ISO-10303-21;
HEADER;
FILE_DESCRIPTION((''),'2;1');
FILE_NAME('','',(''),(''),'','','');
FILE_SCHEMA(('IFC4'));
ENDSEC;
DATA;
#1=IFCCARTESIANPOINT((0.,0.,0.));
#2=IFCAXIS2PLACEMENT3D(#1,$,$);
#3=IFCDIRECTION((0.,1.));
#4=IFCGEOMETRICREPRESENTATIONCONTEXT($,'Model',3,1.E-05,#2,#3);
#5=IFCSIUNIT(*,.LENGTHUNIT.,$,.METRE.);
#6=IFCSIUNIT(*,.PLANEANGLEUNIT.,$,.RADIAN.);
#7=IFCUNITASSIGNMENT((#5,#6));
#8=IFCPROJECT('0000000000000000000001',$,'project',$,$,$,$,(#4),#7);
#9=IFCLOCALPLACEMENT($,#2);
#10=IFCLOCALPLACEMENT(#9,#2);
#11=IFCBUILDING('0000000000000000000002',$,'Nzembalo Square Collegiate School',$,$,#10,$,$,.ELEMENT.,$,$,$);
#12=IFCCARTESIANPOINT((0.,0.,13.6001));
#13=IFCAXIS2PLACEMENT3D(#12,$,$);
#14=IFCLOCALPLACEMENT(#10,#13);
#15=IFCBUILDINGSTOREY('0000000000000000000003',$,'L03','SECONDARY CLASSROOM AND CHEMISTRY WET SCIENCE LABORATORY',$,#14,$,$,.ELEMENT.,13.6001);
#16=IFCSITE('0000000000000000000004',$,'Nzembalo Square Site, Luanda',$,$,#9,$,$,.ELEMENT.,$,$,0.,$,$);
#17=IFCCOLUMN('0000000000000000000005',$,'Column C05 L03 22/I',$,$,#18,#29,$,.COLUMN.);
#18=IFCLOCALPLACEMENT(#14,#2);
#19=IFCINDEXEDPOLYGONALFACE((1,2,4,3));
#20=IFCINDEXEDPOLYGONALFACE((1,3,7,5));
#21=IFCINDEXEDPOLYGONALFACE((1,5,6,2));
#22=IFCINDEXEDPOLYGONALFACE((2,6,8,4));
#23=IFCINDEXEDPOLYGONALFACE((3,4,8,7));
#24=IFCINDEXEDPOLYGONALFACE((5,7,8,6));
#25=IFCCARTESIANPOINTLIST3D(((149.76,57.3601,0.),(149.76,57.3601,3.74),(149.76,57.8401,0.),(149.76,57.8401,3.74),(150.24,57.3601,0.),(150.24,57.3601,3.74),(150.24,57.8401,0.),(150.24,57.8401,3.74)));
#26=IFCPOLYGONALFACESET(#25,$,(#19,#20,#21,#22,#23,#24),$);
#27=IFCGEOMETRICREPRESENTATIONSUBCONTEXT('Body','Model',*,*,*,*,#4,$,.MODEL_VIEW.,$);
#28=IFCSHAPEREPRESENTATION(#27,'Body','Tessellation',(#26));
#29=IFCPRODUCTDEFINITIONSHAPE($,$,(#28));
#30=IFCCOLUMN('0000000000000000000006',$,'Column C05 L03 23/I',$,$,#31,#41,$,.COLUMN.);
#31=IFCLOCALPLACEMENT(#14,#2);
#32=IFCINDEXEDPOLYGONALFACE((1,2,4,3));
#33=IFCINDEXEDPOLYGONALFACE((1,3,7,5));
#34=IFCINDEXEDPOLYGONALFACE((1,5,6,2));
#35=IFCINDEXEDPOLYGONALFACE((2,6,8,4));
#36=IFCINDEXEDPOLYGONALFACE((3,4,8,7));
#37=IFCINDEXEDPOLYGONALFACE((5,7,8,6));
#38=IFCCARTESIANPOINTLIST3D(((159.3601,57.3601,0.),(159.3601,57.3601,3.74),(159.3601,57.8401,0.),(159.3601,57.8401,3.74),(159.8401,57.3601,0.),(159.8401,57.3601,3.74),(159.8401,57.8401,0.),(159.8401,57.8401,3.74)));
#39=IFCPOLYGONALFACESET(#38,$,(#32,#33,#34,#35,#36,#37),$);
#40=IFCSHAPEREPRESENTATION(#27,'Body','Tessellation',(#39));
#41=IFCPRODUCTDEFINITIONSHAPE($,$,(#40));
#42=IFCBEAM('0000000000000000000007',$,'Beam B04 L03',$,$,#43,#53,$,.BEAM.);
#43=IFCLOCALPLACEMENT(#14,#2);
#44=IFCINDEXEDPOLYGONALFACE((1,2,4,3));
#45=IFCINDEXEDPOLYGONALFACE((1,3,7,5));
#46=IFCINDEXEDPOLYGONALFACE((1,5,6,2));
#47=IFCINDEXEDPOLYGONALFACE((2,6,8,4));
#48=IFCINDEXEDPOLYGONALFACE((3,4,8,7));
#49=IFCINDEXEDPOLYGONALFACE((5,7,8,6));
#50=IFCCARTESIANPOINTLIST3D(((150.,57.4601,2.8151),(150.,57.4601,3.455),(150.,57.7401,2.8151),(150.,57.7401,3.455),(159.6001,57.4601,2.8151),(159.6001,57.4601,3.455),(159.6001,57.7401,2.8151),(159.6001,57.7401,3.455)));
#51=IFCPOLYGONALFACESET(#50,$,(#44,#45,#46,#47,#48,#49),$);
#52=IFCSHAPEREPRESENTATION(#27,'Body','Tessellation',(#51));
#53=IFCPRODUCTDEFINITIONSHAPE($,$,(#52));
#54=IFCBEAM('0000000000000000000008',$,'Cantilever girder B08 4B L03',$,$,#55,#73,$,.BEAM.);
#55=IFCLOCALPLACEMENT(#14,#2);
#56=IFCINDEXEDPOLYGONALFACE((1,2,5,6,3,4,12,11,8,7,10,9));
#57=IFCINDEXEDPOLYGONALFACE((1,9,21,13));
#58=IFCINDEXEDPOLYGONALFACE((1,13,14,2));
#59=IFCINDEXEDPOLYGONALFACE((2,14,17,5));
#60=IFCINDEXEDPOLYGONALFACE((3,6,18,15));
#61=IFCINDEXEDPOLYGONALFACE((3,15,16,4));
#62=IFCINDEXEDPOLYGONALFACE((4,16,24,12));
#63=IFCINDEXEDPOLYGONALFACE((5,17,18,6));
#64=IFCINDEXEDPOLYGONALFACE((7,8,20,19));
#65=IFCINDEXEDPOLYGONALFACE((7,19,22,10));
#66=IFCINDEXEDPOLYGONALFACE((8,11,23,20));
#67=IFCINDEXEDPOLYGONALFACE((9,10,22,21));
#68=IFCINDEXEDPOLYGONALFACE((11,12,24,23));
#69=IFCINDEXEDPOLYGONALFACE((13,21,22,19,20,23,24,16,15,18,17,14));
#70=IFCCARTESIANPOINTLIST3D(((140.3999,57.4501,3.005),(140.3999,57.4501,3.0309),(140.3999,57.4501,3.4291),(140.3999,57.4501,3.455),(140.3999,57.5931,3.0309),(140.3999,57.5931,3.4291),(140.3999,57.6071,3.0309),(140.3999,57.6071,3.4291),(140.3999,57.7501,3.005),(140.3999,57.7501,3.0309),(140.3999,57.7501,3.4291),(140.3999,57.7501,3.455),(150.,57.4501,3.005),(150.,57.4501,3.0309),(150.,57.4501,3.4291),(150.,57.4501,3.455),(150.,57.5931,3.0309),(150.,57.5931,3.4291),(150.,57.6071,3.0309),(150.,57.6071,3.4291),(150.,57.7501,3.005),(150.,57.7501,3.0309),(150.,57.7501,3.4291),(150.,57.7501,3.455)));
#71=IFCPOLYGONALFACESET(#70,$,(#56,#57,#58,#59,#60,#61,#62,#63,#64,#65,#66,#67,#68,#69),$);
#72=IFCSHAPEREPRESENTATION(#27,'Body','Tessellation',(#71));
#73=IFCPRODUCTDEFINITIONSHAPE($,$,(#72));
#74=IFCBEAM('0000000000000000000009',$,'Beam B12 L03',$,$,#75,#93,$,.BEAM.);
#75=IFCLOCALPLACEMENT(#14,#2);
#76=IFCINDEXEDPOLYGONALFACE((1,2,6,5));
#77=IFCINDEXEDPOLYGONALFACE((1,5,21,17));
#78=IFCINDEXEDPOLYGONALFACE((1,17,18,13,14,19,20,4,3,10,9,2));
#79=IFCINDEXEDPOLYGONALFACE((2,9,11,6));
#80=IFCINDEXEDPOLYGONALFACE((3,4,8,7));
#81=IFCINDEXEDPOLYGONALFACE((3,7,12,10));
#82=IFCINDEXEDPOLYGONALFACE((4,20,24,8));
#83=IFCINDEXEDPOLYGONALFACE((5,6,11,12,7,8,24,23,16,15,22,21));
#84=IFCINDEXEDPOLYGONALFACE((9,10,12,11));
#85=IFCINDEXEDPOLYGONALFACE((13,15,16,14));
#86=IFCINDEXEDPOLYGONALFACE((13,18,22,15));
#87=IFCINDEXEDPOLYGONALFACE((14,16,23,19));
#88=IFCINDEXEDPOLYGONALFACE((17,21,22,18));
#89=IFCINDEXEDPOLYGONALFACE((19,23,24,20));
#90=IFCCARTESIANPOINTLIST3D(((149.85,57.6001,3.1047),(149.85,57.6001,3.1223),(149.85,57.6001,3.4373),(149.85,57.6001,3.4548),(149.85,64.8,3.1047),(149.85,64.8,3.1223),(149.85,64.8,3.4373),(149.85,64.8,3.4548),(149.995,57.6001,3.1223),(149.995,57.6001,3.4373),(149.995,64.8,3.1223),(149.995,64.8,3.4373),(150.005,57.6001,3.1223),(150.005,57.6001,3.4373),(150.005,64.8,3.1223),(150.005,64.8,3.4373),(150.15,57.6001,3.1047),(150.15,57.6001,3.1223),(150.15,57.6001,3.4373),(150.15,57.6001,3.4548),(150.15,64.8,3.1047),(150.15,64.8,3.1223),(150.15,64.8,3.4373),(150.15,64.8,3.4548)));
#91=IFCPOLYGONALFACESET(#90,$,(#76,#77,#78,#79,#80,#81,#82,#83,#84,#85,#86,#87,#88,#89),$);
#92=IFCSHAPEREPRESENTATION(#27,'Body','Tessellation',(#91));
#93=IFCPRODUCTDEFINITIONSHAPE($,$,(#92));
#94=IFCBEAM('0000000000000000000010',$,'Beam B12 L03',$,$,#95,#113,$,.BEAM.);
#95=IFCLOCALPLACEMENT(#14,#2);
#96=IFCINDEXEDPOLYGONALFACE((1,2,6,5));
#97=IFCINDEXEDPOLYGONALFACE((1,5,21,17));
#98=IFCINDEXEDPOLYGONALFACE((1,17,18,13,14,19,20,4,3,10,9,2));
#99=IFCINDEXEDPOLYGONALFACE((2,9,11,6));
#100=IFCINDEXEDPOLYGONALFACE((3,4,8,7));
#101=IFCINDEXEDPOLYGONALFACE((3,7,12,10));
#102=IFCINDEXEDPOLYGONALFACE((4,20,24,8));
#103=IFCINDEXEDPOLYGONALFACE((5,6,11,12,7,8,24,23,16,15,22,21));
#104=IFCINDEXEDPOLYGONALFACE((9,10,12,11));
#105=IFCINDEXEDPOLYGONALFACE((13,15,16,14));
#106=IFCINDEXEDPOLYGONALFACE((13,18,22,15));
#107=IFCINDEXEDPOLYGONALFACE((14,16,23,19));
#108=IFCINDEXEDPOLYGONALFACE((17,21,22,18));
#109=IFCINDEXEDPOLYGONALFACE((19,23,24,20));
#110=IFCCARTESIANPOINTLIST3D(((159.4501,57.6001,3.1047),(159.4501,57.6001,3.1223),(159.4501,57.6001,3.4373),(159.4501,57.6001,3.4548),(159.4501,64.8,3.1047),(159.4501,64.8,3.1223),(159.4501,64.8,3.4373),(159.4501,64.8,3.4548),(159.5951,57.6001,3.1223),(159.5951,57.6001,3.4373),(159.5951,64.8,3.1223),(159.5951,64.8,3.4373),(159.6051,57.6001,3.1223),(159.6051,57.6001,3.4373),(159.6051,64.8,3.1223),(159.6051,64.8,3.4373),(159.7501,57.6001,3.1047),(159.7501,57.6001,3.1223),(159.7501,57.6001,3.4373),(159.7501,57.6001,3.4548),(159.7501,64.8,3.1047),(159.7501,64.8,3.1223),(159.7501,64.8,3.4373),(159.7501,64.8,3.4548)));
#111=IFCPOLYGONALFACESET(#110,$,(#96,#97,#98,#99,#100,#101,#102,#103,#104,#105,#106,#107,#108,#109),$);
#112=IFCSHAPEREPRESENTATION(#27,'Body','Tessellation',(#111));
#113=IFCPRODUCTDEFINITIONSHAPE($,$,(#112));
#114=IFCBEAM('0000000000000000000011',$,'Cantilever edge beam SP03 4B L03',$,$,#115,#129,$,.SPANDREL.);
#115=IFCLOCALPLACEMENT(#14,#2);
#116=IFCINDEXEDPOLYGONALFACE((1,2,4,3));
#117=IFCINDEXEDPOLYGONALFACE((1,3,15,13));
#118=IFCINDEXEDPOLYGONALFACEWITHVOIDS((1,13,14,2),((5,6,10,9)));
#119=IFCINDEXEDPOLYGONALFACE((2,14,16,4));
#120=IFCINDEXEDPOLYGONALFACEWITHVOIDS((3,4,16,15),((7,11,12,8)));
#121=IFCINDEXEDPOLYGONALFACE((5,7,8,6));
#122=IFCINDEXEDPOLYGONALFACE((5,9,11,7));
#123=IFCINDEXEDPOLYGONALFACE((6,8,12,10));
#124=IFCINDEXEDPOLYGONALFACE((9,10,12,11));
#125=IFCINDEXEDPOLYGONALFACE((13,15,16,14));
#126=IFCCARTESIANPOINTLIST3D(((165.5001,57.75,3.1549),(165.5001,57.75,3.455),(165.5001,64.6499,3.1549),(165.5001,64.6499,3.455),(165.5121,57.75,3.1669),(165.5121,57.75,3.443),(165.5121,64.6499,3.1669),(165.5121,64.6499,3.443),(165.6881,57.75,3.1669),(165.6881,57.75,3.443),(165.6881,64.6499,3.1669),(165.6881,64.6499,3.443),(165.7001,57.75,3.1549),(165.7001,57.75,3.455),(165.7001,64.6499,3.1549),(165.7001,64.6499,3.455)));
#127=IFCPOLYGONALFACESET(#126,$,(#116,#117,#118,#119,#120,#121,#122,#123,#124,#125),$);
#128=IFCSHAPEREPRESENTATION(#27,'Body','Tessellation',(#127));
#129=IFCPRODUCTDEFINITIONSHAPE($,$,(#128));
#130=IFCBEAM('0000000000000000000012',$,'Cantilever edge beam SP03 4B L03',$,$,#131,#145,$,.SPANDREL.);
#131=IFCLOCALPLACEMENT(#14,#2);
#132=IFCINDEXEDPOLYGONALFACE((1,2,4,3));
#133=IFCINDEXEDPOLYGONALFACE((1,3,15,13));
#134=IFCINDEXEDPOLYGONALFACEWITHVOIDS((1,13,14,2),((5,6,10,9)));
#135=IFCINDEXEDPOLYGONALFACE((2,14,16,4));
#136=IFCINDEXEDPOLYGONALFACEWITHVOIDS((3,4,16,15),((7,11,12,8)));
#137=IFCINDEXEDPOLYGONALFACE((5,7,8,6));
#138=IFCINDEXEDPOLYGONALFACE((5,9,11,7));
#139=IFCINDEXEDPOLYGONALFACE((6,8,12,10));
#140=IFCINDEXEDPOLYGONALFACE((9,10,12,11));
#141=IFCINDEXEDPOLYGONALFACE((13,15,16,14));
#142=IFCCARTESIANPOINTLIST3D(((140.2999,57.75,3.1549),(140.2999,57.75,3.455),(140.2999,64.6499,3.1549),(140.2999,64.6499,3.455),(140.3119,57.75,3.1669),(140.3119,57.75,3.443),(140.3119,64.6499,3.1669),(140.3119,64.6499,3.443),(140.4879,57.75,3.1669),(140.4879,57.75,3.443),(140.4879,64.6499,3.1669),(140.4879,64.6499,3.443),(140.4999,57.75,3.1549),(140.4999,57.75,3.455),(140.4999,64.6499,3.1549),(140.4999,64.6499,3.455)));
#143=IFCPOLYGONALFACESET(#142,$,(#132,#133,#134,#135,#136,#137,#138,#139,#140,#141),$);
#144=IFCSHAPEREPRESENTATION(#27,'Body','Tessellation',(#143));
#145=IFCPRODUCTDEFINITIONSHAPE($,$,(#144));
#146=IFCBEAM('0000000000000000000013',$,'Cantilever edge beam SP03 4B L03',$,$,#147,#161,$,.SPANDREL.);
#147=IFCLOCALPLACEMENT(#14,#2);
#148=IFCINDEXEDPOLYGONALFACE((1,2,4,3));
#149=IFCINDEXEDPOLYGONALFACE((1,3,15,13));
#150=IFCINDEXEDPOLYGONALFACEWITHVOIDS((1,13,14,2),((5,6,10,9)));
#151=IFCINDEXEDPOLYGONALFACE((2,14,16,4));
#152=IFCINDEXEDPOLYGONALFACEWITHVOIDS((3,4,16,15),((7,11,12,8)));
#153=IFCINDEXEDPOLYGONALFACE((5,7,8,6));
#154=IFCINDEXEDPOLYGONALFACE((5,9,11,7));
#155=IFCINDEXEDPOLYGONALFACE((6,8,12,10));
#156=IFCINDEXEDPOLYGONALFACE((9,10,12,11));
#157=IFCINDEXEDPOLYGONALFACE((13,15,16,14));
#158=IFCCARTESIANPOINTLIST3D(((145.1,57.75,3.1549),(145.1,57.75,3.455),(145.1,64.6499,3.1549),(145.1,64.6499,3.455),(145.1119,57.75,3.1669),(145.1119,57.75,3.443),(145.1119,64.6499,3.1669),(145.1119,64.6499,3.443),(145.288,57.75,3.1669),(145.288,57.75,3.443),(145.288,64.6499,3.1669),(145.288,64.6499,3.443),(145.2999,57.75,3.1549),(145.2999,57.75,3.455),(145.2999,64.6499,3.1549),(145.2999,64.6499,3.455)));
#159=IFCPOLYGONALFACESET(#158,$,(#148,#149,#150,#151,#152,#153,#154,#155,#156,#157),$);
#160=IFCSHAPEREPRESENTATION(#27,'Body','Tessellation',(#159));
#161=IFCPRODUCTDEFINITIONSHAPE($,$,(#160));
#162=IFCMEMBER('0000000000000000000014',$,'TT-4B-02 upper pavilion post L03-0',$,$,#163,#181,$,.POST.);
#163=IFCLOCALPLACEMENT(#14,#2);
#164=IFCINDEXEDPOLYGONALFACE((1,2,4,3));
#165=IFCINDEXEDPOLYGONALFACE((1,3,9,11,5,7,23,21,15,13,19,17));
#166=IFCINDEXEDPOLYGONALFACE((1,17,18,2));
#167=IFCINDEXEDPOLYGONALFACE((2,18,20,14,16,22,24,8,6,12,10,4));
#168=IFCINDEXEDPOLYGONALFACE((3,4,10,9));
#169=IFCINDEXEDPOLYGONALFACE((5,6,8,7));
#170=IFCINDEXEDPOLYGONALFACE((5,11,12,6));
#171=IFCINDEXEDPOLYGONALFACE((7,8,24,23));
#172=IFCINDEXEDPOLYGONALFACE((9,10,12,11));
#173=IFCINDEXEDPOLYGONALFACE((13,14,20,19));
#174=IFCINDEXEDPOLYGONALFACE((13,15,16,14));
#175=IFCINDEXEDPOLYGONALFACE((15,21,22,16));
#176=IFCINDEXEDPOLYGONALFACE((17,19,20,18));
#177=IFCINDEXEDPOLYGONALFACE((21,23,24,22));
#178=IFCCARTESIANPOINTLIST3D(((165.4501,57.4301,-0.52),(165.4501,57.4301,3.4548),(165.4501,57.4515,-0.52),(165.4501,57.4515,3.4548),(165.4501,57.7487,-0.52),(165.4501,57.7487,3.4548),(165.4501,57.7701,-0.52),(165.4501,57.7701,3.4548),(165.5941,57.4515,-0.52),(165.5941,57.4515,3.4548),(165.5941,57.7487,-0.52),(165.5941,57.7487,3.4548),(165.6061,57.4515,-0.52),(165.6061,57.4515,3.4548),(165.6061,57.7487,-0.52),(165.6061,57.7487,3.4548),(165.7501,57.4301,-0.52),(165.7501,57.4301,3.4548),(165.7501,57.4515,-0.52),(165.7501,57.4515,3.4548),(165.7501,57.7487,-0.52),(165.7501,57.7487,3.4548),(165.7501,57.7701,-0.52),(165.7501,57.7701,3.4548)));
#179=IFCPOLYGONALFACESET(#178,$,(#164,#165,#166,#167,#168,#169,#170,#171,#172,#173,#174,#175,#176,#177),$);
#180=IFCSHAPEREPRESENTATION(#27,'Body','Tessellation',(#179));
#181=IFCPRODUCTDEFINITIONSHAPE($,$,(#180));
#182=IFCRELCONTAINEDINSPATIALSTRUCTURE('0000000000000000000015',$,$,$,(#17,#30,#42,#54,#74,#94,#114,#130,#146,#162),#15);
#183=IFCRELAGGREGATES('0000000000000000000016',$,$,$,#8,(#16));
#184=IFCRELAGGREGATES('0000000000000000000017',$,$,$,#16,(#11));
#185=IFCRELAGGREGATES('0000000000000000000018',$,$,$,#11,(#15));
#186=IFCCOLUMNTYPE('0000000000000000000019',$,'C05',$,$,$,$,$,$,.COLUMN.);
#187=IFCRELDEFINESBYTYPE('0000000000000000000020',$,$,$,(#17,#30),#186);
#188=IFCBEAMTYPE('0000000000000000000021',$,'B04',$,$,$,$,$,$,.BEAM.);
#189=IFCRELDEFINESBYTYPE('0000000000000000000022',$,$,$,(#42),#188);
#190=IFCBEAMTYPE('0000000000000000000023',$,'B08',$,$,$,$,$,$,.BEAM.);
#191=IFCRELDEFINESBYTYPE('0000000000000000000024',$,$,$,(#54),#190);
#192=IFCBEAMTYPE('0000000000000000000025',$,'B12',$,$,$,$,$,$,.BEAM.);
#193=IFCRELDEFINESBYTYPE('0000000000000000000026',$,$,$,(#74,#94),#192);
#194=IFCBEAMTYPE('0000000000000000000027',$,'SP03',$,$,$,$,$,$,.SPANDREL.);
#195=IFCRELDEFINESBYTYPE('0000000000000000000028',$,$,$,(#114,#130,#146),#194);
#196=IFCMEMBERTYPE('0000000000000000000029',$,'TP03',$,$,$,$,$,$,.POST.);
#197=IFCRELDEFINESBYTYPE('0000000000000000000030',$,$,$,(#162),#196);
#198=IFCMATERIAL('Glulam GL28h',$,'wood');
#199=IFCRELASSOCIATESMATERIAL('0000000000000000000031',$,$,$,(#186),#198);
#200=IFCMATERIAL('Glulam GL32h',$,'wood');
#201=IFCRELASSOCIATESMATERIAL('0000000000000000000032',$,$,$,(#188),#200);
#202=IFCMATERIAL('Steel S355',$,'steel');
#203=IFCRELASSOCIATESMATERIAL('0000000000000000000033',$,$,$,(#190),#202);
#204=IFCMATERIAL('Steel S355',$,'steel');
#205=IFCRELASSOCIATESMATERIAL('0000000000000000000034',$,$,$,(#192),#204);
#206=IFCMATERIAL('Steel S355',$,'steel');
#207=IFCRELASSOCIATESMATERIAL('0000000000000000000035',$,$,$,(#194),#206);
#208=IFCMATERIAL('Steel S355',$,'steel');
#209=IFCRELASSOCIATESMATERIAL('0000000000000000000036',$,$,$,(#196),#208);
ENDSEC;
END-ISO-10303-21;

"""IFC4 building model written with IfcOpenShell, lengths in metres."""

from ifc_helpers import new_model, si_unit, direction, frame, origin, origin_2d, place, context, subcontext, project, spatial, rectangle, hollow_rectangle, i_section, extrude, material, material_profile, profile_set, type_object, element, save


model = new_model("IFC4")

# Units and contexts
model_context = context("Model", 3, precision=1e-05, world=origin(), true_north=direction((0.0, 1.0)))
body_context = subcontext(model_context, "Body", "Model", "MODEL_VIEW")
ifc_project = project(units=[si_unit("LENGTHUNIT", "METRE"), si_unit("PLANEANGLEUNIT", "RADIAN")], contexts=[model_context])

# Site, building, storey
site_placement = place(None, origin())
site = spatial("IfcSite", under=ifc_project, at=site_placement, Name="Nzembalo Square Site, Luanda", CompositionType="ELEMENT", RefElevation=0.0)
building_placement = place(site_placement, origin())
building = spatial("IfcBuilding", under=site, at=building_placement, Name="Nzembalo Square Collegiate School", CompositionType="ELEMENT")
storey_placement = place(building_placement, frame((0.0, 0.0, 13.6001)))
storey = spatial("IfcBuildingStorey", under=building, at=storey_placement, Name="L03", Description="SECONDARY CLASSROOM AND CHEMISTRY WET SCIENCE LABORATORY", CompositionType="ELEMENT", Elevation=13.6001)

# Columns
ifc_material_1 = material(Name="Glulam GL28h", Category="wood")
ifc_material_profile_1 = material_profile(ifc_material_1, rectangle(XDim=0.48, YDim=0.48, at=origin_2d()), Name="GL28h 480x480")
ifc_profile_set_1 = profile_set([ifc_material_profile_1], Name="Glulam GL28h")
column_type = type_object("IfcColumnType", Name="C05", PredefinedType="COLUMN", material=ifc_profile_set_1)
for number, where, z_axis, x_axis, name in (
    (1, (150.0, 57.6001, 0.0), (0.0, 0.0, 1.0), (1.0, 0.0, 0.0), "Column C05 L03 22/I"),
    (2, (159.6001, 57.6001, 0.0), (0.0, 0.0, 1.0), (1.0, 0.0, 0.0), "Column C05 L03 23/I"),
):
    element("IfcColumn", number, at=place(storey_placement, frame(where, z_axis=z_axis, x_axis=x_axis)), inside=storey, type_object=column_type, Name=name, PredefinedType="COLUMN", context=body_context, shape_type="SweptSolid", body=[
        extrude(rectangle(XDim=0.48, YDim=0.48, at=origin_2d()), origin(), (0.0, 0.0, 1.0), 3.74),
    ])

# Beams
ifc_material_2 = material(Name="Glulam GL32h", Category="wood")
ifc_material_profile_2 = material_profile(ifc_material_2, rectangle(XDim=0.28, YDim=0.6399, at=origin_2d()), Name="GL32h 280x640")
ifc_profile_set_2 = profile_set([ifc_material_profile_2], Name="Glulam GL32h")
beam_type_1 = type_object("IfcBeamType", Name="B04", PredefinedType="BEAM", material=ifc_profile_set_2)
beam_1_placement = place(storey_placement, frame((150.0, 57.6001, 3.135), z_axis=(1.0, 0.0, 0.0), x_axis=(0.0, 1.0, 0.0)))
element("IfcBeam", 3, at=beam_1_placement, inside=storey, type_object=beam_type_1, Name="Beam B04 L03", PredefinedType="BEAM", context=body_context, shape_type="SweptSolid", body=[
    extrude(rectangle(XDim=0.28, YDim=0.6399, at=origin_2d()), origin(), (0.0, 0.0, 1.0), 9.6001),
])
ifc_material_3 = material(Name="Steel S355", Category="steel")
ifc_material_profile_3 = material_profile(ifc_material_3, i_section(OverallWidth=0.3, OverallDepth=0.45, WebThickness=0.0139, FlangeThickness=0.0259, at=origin_2d()), Name="HEB 450")
ifc_profile_set_3 = profile_set([ifc_material_profile_3], Name="Steel S355")
beam_type_2 = type_object("IfcBeamType", Name="B08", PredefinedType="BEAM", material=ifc_profile_set_3)
beam_2_placement = place(storey_placement, frame((150.0, 57.6001, 3.23), z_axis=(-1.0, 0.0, 0.0), x_axis=(0.0, -1.0, 0.0)))
element("IfcBeam", 4, at=beam_2_placement, inside=storey, type_object=beam_type_2, Name="Cantilever girder B08 4B L03", PredefinedType="BEAM", context=body_context, shape_type="SweptSolid", body=[
    extrude(i_section(OverallWidth=0.3, OverallDepth=0.45, WebThickness=0.0139, FlangeThickness=0.0259, at=origin_2d()), origin(), (0.0, 0.0, 1.0), 9.6001),
])
ifc_material_4 = material(Name="Steel S355", Category="steel")
ifc_material_profile_4 = material_profile(ifc_material_4, i_section(OverallWidth=0.3, OverallDepth=0.3501, WebThickness=0.01, FlangeThickness=0.0176, at=origin_2d()), Name="HEA 360")
ifc_profile_set_4 = profile_set([ifc_material_profile_4], Name="Steel S355")
beam_type_3 = type_object("IfcBeamType", Name="B12", PredefinedType="BEAM", material=ifc_profile_set_4)
for number, where, z_axis, x_axis, name in (
    (5, (150.0, 57.6001, 3.2798), (0.0, 1.0, 0.0), (-1.0, 0.0, 0.0), "Beam B12 L03"),
    (6, (159.6001, 57.6001, 3.2798), (0.0, 1.0, 0.0), (-1.0, 0.0, 0.0), "Beam B12 L03"),
):
    element("IfcBeam", number, at=place(storey_placement, frame(where, z_axis=z_axis, x_axis=x_axis)), inside=storey, type_object=beam_type_3, Name=name, PredefinedType="BEAM", context=body_context, shape_type="SweptSolid", body=[
        extrude(i_section(OverallWidth=0.3, OverallDepth=0.3501, WebThickness=0.01, FlangeThickness=0.0176, at=origin_2d()), origin(), (0.0, 0.0, 1.0), 7.2),
    ])
ifc_material_5 = material(Name="Steel S355", Category="steel")
ifc_material_profile_5 = material_profile(ifc_material_5, hollow_rectangle(XDim=0.2, YDim=0.3, WallThickness=0.012, at=origin_2d()), Name="RHS 300x200x12")
ifc_profile_set_5 = profile_set([ifc_material_profile_5], Name="Steel S355")
beam_type_4 = type_object("IfcBeamType", Name="SP03", PredefinedType="SPANDREL", material=ifc_profile_set_5)
for number, where, z_axis, x_axis, name in (
    (7, (165.6001, 57.75, 3.3049), (0.0, 1.0, 0.0), (-1.0, 0.0, 0.0), "Cantilever edge beam SP03 4B L03"),
    (8, (140.3999, 57.75, 3.3049), (0.0, 1.0, 0.0), (-1.0, 0.0, 0.0), "Cantilever edge beam SP03 4B L03"),
    (9, (145.2, 57.75, 3.3049), (0.0, 1.0, 0.0), (-1.0, 0.0, 0.0), "Cantilever edge beam SP03 4B L03"),
):
    element("IfcBeam", number, at=place(storey_placement, frame(where, z_axis=z_axis, x_axis=x_axis)), inside=storey, type_object=beam_type_4, Name=name, PredefinedType="SPANDREL", context=body_context, shape_type="SweptSolid", body=[
        extrude(hollow_rectangle(XDim=0.2, YDim=0.3, WallThickness=0.012, at=origin_2d()), origin(), (0.0, 0.0, 1.0), 6.8999),
    ])

# Member
ifc_material_6 = material(Name="Steel S355", Category="steel")
ifc_material_profile_6 = material_profile(ifc_material_6, i_section(OverallWidth=0.3, OverallDepth=0.3401, WebThickness=0.012, FlangeThickness=0.0215, at=origin_2d()), Name="HEB 340")
ifc_profile_set_6 = profile_set([ifc_material_profile_6], Name="Steel S355")
member_type = type_object("IfcMemberType", Name="TP03", PredefinedType="POST", material=ifc_profile_set_6)
for number, where, z_axis, x_axis, name in (
    (10, (165.6001, 57.6001, -0.52), (0.0, 0.0, 1.0), (1.0, 0.0, 0.0), "TT-4B-02 upper pavilion post L03-0"),
):
    element("IfcMember", number, at=place(storey_placement, frame(where, z_axis=z_axis, x_axis=x_axis)), inside=storey, type_object=member_type, Name=name, PredefinedType="POST", context=body_context, shape_type="SweptSolid", body=[
        extrude(i_section(OverallWidth=0.3, OverallDepth=0.3401, WebThickness=0.012, FlangeThickness=0.0215, at=origin_2d()), origin(), (0.0, 0.0, 1.0), 3.9749),
    ])

save(model, "model.ifc")
